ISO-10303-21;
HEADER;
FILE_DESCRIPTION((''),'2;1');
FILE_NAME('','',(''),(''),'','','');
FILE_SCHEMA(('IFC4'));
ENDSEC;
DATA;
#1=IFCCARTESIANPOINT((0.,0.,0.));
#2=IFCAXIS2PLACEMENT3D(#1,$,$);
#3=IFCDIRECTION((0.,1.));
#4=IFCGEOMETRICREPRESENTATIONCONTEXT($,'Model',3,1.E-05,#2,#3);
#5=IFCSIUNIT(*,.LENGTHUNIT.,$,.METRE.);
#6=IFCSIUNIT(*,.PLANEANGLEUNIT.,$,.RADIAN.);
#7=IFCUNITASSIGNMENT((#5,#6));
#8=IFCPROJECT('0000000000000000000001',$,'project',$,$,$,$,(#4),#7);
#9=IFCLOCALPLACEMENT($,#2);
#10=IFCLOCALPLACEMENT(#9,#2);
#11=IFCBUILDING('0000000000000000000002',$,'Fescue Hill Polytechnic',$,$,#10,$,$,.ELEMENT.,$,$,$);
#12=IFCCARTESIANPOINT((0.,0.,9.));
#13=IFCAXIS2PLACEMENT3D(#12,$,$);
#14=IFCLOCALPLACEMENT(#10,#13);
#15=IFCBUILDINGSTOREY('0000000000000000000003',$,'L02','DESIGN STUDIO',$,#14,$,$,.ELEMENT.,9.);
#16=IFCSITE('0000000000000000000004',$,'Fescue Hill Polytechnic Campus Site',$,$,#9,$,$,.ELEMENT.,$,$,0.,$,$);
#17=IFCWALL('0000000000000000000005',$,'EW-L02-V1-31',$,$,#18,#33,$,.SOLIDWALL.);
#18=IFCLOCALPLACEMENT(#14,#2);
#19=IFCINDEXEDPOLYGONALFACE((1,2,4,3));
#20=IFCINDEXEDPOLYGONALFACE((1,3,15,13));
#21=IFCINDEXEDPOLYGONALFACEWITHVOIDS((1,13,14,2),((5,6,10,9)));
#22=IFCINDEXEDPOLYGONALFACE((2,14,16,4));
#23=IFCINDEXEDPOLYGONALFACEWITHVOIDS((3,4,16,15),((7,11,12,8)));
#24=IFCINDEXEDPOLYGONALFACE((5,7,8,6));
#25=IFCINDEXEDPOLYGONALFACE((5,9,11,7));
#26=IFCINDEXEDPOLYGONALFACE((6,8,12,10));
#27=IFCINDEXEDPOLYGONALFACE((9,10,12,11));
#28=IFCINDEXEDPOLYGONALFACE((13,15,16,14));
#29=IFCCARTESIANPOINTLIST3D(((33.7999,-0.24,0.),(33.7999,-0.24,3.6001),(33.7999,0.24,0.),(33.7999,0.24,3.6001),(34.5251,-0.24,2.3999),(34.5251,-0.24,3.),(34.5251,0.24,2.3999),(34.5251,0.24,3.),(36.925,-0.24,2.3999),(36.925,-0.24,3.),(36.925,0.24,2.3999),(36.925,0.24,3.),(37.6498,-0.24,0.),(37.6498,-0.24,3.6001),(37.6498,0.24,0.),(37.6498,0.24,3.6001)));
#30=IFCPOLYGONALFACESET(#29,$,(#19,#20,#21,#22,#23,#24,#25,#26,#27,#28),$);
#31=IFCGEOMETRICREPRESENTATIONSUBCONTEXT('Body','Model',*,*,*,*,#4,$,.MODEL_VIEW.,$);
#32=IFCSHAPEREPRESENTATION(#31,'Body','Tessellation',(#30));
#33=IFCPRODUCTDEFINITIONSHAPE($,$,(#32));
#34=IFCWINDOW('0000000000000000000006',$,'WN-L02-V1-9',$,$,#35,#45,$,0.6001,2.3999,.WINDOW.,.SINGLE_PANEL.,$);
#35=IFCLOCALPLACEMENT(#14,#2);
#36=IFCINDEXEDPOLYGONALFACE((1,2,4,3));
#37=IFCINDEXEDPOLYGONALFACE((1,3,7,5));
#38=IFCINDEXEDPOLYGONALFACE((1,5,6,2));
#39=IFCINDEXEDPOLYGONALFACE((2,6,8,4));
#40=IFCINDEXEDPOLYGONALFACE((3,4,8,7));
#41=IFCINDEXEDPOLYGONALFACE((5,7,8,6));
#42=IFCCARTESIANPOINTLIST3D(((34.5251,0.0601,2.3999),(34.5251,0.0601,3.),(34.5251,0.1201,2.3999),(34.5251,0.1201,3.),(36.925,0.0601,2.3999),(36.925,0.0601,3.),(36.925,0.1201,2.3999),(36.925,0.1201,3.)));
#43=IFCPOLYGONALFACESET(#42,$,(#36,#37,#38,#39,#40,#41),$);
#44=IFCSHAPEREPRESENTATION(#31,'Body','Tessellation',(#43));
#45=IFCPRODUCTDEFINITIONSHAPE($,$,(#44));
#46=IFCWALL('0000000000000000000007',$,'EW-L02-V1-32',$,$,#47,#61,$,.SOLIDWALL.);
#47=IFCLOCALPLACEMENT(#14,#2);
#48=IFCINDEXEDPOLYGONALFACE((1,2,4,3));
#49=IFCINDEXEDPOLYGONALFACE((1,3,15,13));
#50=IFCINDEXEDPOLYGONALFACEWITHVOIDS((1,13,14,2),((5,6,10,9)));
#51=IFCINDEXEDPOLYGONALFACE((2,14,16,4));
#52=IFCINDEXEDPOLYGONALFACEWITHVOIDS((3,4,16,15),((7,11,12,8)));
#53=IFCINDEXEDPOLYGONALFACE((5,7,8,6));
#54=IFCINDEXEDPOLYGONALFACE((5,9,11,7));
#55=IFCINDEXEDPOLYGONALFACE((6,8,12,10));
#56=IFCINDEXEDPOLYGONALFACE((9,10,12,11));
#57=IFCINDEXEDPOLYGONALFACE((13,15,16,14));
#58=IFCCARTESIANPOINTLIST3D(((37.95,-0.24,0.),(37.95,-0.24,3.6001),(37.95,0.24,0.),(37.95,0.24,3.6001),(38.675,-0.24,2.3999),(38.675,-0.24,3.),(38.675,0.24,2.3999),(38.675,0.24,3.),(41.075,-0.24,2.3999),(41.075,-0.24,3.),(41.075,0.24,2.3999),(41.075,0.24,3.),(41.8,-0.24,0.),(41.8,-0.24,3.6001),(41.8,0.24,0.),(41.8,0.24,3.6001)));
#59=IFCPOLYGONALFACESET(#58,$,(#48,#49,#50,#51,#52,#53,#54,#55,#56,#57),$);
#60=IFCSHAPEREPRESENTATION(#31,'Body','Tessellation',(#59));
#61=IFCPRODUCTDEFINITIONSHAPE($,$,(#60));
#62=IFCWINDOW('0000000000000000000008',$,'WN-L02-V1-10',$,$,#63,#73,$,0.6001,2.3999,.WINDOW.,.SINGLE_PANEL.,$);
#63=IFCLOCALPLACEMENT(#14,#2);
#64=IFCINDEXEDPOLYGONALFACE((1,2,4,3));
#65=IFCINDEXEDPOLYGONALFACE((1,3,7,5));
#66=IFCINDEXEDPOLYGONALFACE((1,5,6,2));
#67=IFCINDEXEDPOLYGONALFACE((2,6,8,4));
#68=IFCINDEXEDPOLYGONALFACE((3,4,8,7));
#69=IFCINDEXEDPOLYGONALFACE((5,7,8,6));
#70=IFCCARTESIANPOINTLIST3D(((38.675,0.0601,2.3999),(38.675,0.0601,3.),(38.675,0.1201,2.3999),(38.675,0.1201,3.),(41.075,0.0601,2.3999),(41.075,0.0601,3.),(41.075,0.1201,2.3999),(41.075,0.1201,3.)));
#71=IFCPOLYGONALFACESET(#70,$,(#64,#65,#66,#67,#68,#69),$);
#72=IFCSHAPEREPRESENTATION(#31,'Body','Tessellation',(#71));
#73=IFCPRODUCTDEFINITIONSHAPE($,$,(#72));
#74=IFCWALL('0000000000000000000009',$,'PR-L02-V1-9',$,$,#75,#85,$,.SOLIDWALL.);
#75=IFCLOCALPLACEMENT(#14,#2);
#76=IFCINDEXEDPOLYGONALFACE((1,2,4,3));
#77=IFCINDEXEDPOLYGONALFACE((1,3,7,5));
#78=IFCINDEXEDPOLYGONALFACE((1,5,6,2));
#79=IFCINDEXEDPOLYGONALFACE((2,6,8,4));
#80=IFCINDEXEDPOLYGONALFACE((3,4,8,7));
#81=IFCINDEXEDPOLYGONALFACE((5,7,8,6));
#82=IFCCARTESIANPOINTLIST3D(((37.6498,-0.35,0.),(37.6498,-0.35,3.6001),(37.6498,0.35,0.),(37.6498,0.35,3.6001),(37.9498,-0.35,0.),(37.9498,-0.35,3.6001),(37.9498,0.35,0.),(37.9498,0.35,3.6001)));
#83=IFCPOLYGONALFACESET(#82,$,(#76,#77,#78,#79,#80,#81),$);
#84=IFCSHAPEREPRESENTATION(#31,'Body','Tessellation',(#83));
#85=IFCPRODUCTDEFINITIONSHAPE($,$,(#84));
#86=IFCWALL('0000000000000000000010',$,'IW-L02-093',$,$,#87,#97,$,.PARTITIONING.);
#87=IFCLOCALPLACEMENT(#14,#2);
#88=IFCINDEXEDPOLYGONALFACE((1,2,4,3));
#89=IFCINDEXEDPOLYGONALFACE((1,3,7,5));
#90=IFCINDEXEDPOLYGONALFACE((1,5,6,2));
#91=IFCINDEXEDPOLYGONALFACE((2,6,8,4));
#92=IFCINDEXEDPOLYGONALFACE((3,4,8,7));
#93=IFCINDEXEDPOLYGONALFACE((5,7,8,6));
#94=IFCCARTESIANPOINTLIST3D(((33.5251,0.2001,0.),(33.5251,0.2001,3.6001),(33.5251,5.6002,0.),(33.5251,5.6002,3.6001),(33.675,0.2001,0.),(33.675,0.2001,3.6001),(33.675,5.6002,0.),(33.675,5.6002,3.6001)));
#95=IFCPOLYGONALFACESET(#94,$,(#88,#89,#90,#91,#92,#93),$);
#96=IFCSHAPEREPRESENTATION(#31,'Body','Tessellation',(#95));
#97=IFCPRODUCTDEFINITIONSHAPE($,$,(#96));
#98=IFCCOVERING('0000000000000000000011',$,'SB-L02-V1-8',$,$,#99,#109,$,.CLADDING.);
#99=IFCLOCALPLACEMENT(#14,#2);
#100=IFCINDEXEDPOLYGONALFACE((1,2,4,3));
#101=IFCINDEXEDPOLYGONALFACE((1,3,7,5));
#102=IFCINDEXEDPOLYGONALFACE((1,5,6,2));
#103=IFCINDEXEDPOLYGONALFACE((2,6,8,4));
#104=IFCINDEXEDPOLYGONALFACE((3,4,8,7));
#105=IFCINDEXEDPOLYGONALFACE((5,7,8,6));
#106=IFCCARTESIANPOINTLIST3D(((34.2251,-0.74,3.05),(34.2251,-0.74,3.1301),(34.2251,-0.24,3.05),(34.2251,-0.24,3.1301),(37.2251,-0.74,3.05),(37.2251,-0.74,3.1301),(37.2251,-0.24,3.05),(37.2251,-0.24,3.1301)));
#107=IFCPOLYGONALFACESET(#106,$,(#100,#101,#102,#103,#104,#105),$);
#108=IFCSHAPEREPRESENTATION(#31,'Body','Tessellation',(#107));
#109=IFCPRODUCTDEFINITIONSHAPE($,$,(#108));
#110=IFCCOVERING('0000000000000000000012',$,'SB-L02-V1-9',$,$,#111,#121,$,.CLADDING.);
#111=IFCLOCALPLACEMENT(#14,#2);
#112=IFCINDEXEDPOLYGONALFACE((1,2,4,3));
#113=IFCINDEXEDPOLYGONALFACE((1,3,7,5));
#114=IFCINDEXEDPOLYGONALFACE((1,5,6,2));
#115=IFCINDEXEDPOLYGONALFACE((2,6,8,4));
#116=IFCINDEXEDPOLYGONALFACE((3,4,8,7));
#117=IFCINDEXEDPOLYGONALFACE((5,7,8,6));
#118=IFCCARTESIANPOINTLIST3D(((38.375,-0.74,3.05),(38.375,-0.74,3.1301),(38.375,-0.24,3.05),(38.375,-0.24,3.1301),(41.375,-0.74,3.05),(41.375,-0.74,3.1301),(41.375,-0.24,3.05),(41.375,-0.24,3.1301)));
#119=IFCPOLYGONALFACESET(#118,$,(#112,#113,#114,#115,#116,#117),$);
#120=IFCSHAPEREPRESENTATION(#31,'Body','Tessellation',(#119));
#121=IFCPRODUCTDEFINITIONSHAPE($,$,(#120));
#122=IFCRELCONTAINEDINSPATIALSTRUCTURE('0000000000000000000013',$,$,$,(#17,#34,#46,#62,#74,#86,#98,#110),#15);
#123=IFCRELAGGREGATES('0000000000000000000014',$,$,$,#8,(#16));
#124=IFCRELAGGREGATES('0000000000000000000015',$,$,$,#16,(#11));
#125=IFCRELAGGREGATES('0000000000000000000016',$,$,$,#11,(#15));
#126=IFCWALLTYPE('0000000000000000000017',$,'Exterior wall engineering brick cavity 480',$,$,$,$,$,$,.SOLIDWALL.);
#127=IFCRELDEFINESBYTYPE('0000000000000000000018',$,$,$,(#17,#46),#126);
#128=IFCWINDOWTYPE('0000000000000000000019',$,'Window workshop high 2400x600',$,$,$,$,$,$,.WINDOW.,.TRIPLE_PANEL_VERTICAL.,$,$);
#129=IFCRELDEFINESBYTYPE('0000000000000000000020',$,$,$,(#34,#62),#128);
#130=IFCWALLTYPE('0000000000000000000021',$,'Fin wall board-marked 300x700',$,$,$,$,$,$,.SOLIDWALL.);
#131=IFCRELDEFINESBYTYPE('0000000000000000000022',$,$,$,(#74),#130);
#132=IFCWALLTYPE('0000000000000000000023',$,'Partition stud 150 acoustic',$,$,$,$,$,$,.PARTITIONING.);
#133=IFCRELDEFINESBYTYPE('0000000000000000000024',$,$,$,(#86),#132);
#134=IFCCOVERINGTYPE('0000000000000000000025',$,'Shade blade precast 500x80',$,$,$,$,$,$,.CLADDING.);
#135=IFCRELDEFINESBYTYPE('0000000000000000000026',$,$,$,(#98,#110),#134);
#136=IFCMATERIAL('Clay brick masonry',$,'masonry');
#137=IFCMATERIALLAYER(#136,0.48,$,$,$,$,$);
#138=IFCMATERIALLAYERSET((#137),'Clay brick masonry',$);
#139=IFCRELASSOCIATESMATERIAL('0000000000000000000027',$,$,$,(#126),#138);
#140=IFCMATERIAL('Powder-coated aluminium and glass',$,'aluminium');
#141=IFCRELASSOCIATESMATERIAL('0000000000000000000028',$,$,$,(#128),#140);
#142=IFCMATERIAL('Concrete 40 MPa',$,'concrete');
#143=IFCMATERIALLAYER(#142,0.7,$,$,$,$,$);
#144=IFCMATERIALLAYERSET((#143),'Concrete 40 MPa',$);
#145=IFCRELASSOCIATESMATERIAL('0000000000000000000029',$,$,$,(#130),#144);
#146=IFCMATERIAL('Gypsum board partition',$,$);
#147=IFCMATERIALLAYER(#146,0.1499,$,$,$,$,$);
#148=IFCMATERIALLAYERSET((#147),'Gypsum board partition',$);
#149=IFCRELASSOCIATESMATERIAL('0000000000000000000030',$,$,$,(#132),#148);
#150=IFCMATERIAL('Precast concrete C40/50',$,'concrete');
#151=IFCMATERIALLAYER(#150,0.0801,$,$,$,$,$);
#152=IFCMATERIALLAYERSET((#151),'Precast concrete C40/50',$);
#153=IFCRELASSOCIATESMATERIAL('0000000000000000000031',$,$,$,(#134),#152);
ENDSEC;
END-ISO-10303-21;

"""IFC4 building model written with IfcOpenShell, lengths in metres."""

from ifc_helpers import new_model, si_unit, direction, frame, frame_2d, origin, origin_2d, place, context, subcontext, project, spatial, rectangle, extrude, material, layer, layer_set, type_object, element, fill, save


model = new_model("IFC4")

# Units and contexts
model_context = context("Model", 3, precision=1e-05, world=origin(), true_north=direction((0.0, 1.0)))
body_context = subcontext(model_context, "Body", "Model", "MODEL_VIEW")
ifc_project = project(units=[si_unit("LENGTHUNIT", "METRE"), si_unit("PLANEANGLEUNIT", "RADIAN")], contexts=[model_context])

# Site, building, storey
site_placement = place(None, origin())
site = spatial("IfcSite", under=ifc_project, at=site_placement, Name="Fescue Hill Polytechnic Campus Site", CompositionType="ELEMENT", RefElevation=0.0)
building_placement = place(site_placement, origin())
building = spatial("IfcBuilding", under=site, at=building_placement, Name="Fescue Hill Polytechnic", CompositionType="ELEMENT")
storey_placement = place(building_placement, frame((0.0, 0.0, 9.0)))
storey = spatial("IfcBuildingStorey", under=building, at=storey_placement, Name="L02", Description="DESIGN STUDIO", CompositionType="ELEMENT", Elevation=9.0)

# Shared definitions
ifc_material_1 = material(Name="Concrete 40 MPa", Category="concrete")

# Shared definitions
ifc_material_2 = material(Name="Gypsum board partition")

# Walls, openings, windows
ifc_material_3 = material(Name="Clay brick masonry", Category="masonry")
ifc_layer_1 = layer(ifc_material_3, 0.48)
ifc_layer_set_1 = layer_set([ifc_layer_1], Name="Clay brick masonry")
wall_type_1 = type_object("IfcWallType", Name="Exterior wall engineering brick cavity 480", PredefinedType="SOLIDWALL", material=ifc_layer_set_1)
wall_1_placement = place(storey_placement, frame((33.8, 0.0, 0.0), z_axis=(0.0, 0.0, 1.0), x_axis=(1.0, 0.0, 0.0)))
wall_1 = element("IfcWall", 1, at=wall_1_placement, inside=storey, type_object=wall_type_1, Name="EW-L02-V1-31", PredefinedType="SOLIDWALL", context=body_context, shape_type="SweptSolid", body=[
    extrude(rectangle(XDim=3.8499, YDim=0.48, at=frame_2d((1.9248, 0.0))), origin(), (0.0, 0.0, 1.0), 3.6001),
])
opening_1_placement = place(wall_1_placement, frame((0.7251, 0.0, 2.3999)))
opening_1 = element("IfcOpeningElement", 2, at=opening_1_placement, cuts=wall_1, PredefinedType="OPENING", context=body_context, shape_type="SweptSolid", body=[
    extrude(rectangle(XDim=2.3999, YDim=0.6001, at=frame_2d((1.2, 0.3))), frame((0.0, 0.25, 0.0), z_axis=(0.0, -1.0, 0.0), x_axis=(1.0, 0.0, 0.0)), (0.0, 0.0, 1.0), 0.5),
])
ifc_material_4 = material(Name="Powder-coated aluminium and glass", Category="aluminium")
window_type = type_object("IfcWindowType", Name="Window workshop high 2400x600", PartitioningType="TRIPLE_PANEL_VERTICAL", PredefinedType="WINDOW", material=ifc_material_4)
window_1_placement = place(opening_1_placement, origin())
window_1 = element("IfcWindow", 3, at=window_1_placement, inside=storey, type_object=window_type, Name="WN-L02-V1-9", OverallHeight=0.6001, OverallWidth=2.3999, PartitioningType="SINGLE_PANEL", PredefinedType="WINDOW", context=body_context, shape_type="SweptSolid", body=[
    extrude(rectangle(XDim=2.3999, YDim=0.6001, at=frame_2d((1.2, 0.3))), frame((0.0, 0.1201, 0.0), z_axis=(0.0, -1.0, 0.0), x_axis=(1.0, 0.0, 0.0)), (0.0, 0.0, 1.0), 0.0601),
])
fill(opening_1, window_1)
wall_2_placement = place(storey_placement, frame((37.95, 0.0, 0.0), z_axis=(0.0, 0.0, 1.0), x_axis=(1.0, 0.0, 0.0)))
wall_2 = element("IfcWall", 4, at=wall_2_placement, inside=storey, type_object=wall_type_1, Name="EW-L02-V1-32", PredefinedType="SOLIDWALL", context=body_context, shape_type="SweptSolid", body=[
    extrude(rectangle(XDim=3.8501, YDim=0.48, at=frame_2d((1.925, 0.0))), origin(), (0.0, 0.0, 1.0), 3.6001),
])
opening_2_placement = place(wall_2_placement, frame((0.7251, 0.0, 2.3999)))
opening_2 = element("IfcOpeningElement", 5, at=opening_2_placement, cuts=wall_2, PredefinedType="OPENING", context=body_context, shape_type="SweptSolid", body=[
    extrude(rectangle(XDim=2.3999, YDim=0.6001, at=frame_2d((1.2, 0.3))), frame((0.0, 0.25, 0.0), z_axis=(0.0, -1.0, 0.0), x_axis=(1.0, 0.0, 0.0)), (0.0, 0.0, 1.0), 0.5),
])
window_2_placement = place(opening_2_placement, origin())
window_2 = element("IfcWindow", 6, at=window_2_placement, inside=storey, type_object=window_type, Name="WN-L02-V1-10", OverallHeight=0.6001, OverallWidth=2.3999, PartitioningType="SINGLE_PANEL", PredefinedType="WINDOW", context=body_context, shape_type="SweptSolid", body=[
    extrude(rectangle(XDim=2.3999, YDim=0.6001, at=frame_2d((1.2, 0.3))), frame((0.0, 0.1201, 0.0), z_axis=(0.0, -1.0, 0.0), x_axis=(1.0, 0.0, 0.0)), (0.0, 0.0, 1.0), 0.0601),
])
fill(opening_2, window_2)

# Walls
ifc_layer_2 = layer(ifc_material_1, 0.7)
ifc_layer_set_2 = layer_set([ifc_layer_2], Name="Concrete 40 MPa")
wall_type_2 = type_object("IfcWallType", Name="Fin wall board-marked 300x700", PredefinedType="SOLIDWALL", material=ifc_layer_set_2)
wall_3_placement = place(storey_placement, frame((37.6499, 0.0, 0.0), z_axis=(0.0, 0.0, 1.0), x_axis=(1.0, 0.0, 0.0)))
element("IfcWall", 7, at=wall_3_placement, inside=storey, type_object=wall_type_2, Name="PR-L02-V1-9", PredefinedType="SOLIDWALL", context=body_context, shape_type="SweptSolid", body=[
    extrude(rectangle(XDim=0.3, YDim=0.7, at=frame_2d((0.1499, 0.0))), origin(), (0.0, 0.0, 1.0), 3.6001),
])
ifc_layer_3 = layer(ifc_material_2, 0.1499)
ifc_layer_set_3 = layer_set([ifc_layer_3], Name="Gypsum board partition")
wall_type_3 = type_object("IfcWallType", Name="Partition stud 150 acoustic", PredefinedType="PARTITIONING", material=ifc_layer_set_3)
wall_4_placement = place(storey_placement, frame((33.6001, 0.2, 0.0), z_axis=(0.0, 0.0, 1.0), x_axis=(0.0, 1.0, 0.0)))
element("IfcWall", 8, at=wall_4_placement, inside=storey, type_object=wall_type_3, Name="IW-L02-093", PredefinedType="PARTITIONING", context=body_context, shape_type="SweptSolid", body=[
    extrude(rectangle(XDim=5.4001, YDim=0.1499, at=frame_2d((2.7002, 0.0))), origin(), (0.0, 0.0, 1.0), 3.6001),
])

# Coverings
ifc_material_5 = material(Name="Precast concrete C40/50", Category="concrete")
ifc_layer_4 = layer(ifc_material_5, 0.0801)
ifc_layer_set_4 = layer_set([ifc_layer_4], Name="Precast concrete C40/50")
covering_type = type_object("IfcCoveringType", Name="Shade blade precast 500x80", PredefinedType="CLADDING", material=ifc_layer_set_4)
for number, where, z_axis, x_axis, name in (
    (9, (35.7251, -0.49, 3.05), (0.0, 0.0, 1.0), (1.0, 0.0, 0.0), "SB-L02-V1-8"),
    (10, (39.875, -0.49, 3.05), (0.0, 0.0, 1.0), (1.0, 0.0, 0.0), "SB-L02-V1-9"),
):
    element("IfcCovering", number, at=place(storey_placement, frame(where, z_axis=z_axis, x_axis=x_axis)), inside=storey, type_object=covering_type, Name=name, PredefinedType="CLADDING", context=body_context, shape_type="SweptSolid", body=[
        extrude(rectangle(XDim=3.0, YDim=0.5, at=origin_2d()), origin(), (0.0, 0.0, 1.0), 0.0801),
    ])

save(model, "model.ifc")
